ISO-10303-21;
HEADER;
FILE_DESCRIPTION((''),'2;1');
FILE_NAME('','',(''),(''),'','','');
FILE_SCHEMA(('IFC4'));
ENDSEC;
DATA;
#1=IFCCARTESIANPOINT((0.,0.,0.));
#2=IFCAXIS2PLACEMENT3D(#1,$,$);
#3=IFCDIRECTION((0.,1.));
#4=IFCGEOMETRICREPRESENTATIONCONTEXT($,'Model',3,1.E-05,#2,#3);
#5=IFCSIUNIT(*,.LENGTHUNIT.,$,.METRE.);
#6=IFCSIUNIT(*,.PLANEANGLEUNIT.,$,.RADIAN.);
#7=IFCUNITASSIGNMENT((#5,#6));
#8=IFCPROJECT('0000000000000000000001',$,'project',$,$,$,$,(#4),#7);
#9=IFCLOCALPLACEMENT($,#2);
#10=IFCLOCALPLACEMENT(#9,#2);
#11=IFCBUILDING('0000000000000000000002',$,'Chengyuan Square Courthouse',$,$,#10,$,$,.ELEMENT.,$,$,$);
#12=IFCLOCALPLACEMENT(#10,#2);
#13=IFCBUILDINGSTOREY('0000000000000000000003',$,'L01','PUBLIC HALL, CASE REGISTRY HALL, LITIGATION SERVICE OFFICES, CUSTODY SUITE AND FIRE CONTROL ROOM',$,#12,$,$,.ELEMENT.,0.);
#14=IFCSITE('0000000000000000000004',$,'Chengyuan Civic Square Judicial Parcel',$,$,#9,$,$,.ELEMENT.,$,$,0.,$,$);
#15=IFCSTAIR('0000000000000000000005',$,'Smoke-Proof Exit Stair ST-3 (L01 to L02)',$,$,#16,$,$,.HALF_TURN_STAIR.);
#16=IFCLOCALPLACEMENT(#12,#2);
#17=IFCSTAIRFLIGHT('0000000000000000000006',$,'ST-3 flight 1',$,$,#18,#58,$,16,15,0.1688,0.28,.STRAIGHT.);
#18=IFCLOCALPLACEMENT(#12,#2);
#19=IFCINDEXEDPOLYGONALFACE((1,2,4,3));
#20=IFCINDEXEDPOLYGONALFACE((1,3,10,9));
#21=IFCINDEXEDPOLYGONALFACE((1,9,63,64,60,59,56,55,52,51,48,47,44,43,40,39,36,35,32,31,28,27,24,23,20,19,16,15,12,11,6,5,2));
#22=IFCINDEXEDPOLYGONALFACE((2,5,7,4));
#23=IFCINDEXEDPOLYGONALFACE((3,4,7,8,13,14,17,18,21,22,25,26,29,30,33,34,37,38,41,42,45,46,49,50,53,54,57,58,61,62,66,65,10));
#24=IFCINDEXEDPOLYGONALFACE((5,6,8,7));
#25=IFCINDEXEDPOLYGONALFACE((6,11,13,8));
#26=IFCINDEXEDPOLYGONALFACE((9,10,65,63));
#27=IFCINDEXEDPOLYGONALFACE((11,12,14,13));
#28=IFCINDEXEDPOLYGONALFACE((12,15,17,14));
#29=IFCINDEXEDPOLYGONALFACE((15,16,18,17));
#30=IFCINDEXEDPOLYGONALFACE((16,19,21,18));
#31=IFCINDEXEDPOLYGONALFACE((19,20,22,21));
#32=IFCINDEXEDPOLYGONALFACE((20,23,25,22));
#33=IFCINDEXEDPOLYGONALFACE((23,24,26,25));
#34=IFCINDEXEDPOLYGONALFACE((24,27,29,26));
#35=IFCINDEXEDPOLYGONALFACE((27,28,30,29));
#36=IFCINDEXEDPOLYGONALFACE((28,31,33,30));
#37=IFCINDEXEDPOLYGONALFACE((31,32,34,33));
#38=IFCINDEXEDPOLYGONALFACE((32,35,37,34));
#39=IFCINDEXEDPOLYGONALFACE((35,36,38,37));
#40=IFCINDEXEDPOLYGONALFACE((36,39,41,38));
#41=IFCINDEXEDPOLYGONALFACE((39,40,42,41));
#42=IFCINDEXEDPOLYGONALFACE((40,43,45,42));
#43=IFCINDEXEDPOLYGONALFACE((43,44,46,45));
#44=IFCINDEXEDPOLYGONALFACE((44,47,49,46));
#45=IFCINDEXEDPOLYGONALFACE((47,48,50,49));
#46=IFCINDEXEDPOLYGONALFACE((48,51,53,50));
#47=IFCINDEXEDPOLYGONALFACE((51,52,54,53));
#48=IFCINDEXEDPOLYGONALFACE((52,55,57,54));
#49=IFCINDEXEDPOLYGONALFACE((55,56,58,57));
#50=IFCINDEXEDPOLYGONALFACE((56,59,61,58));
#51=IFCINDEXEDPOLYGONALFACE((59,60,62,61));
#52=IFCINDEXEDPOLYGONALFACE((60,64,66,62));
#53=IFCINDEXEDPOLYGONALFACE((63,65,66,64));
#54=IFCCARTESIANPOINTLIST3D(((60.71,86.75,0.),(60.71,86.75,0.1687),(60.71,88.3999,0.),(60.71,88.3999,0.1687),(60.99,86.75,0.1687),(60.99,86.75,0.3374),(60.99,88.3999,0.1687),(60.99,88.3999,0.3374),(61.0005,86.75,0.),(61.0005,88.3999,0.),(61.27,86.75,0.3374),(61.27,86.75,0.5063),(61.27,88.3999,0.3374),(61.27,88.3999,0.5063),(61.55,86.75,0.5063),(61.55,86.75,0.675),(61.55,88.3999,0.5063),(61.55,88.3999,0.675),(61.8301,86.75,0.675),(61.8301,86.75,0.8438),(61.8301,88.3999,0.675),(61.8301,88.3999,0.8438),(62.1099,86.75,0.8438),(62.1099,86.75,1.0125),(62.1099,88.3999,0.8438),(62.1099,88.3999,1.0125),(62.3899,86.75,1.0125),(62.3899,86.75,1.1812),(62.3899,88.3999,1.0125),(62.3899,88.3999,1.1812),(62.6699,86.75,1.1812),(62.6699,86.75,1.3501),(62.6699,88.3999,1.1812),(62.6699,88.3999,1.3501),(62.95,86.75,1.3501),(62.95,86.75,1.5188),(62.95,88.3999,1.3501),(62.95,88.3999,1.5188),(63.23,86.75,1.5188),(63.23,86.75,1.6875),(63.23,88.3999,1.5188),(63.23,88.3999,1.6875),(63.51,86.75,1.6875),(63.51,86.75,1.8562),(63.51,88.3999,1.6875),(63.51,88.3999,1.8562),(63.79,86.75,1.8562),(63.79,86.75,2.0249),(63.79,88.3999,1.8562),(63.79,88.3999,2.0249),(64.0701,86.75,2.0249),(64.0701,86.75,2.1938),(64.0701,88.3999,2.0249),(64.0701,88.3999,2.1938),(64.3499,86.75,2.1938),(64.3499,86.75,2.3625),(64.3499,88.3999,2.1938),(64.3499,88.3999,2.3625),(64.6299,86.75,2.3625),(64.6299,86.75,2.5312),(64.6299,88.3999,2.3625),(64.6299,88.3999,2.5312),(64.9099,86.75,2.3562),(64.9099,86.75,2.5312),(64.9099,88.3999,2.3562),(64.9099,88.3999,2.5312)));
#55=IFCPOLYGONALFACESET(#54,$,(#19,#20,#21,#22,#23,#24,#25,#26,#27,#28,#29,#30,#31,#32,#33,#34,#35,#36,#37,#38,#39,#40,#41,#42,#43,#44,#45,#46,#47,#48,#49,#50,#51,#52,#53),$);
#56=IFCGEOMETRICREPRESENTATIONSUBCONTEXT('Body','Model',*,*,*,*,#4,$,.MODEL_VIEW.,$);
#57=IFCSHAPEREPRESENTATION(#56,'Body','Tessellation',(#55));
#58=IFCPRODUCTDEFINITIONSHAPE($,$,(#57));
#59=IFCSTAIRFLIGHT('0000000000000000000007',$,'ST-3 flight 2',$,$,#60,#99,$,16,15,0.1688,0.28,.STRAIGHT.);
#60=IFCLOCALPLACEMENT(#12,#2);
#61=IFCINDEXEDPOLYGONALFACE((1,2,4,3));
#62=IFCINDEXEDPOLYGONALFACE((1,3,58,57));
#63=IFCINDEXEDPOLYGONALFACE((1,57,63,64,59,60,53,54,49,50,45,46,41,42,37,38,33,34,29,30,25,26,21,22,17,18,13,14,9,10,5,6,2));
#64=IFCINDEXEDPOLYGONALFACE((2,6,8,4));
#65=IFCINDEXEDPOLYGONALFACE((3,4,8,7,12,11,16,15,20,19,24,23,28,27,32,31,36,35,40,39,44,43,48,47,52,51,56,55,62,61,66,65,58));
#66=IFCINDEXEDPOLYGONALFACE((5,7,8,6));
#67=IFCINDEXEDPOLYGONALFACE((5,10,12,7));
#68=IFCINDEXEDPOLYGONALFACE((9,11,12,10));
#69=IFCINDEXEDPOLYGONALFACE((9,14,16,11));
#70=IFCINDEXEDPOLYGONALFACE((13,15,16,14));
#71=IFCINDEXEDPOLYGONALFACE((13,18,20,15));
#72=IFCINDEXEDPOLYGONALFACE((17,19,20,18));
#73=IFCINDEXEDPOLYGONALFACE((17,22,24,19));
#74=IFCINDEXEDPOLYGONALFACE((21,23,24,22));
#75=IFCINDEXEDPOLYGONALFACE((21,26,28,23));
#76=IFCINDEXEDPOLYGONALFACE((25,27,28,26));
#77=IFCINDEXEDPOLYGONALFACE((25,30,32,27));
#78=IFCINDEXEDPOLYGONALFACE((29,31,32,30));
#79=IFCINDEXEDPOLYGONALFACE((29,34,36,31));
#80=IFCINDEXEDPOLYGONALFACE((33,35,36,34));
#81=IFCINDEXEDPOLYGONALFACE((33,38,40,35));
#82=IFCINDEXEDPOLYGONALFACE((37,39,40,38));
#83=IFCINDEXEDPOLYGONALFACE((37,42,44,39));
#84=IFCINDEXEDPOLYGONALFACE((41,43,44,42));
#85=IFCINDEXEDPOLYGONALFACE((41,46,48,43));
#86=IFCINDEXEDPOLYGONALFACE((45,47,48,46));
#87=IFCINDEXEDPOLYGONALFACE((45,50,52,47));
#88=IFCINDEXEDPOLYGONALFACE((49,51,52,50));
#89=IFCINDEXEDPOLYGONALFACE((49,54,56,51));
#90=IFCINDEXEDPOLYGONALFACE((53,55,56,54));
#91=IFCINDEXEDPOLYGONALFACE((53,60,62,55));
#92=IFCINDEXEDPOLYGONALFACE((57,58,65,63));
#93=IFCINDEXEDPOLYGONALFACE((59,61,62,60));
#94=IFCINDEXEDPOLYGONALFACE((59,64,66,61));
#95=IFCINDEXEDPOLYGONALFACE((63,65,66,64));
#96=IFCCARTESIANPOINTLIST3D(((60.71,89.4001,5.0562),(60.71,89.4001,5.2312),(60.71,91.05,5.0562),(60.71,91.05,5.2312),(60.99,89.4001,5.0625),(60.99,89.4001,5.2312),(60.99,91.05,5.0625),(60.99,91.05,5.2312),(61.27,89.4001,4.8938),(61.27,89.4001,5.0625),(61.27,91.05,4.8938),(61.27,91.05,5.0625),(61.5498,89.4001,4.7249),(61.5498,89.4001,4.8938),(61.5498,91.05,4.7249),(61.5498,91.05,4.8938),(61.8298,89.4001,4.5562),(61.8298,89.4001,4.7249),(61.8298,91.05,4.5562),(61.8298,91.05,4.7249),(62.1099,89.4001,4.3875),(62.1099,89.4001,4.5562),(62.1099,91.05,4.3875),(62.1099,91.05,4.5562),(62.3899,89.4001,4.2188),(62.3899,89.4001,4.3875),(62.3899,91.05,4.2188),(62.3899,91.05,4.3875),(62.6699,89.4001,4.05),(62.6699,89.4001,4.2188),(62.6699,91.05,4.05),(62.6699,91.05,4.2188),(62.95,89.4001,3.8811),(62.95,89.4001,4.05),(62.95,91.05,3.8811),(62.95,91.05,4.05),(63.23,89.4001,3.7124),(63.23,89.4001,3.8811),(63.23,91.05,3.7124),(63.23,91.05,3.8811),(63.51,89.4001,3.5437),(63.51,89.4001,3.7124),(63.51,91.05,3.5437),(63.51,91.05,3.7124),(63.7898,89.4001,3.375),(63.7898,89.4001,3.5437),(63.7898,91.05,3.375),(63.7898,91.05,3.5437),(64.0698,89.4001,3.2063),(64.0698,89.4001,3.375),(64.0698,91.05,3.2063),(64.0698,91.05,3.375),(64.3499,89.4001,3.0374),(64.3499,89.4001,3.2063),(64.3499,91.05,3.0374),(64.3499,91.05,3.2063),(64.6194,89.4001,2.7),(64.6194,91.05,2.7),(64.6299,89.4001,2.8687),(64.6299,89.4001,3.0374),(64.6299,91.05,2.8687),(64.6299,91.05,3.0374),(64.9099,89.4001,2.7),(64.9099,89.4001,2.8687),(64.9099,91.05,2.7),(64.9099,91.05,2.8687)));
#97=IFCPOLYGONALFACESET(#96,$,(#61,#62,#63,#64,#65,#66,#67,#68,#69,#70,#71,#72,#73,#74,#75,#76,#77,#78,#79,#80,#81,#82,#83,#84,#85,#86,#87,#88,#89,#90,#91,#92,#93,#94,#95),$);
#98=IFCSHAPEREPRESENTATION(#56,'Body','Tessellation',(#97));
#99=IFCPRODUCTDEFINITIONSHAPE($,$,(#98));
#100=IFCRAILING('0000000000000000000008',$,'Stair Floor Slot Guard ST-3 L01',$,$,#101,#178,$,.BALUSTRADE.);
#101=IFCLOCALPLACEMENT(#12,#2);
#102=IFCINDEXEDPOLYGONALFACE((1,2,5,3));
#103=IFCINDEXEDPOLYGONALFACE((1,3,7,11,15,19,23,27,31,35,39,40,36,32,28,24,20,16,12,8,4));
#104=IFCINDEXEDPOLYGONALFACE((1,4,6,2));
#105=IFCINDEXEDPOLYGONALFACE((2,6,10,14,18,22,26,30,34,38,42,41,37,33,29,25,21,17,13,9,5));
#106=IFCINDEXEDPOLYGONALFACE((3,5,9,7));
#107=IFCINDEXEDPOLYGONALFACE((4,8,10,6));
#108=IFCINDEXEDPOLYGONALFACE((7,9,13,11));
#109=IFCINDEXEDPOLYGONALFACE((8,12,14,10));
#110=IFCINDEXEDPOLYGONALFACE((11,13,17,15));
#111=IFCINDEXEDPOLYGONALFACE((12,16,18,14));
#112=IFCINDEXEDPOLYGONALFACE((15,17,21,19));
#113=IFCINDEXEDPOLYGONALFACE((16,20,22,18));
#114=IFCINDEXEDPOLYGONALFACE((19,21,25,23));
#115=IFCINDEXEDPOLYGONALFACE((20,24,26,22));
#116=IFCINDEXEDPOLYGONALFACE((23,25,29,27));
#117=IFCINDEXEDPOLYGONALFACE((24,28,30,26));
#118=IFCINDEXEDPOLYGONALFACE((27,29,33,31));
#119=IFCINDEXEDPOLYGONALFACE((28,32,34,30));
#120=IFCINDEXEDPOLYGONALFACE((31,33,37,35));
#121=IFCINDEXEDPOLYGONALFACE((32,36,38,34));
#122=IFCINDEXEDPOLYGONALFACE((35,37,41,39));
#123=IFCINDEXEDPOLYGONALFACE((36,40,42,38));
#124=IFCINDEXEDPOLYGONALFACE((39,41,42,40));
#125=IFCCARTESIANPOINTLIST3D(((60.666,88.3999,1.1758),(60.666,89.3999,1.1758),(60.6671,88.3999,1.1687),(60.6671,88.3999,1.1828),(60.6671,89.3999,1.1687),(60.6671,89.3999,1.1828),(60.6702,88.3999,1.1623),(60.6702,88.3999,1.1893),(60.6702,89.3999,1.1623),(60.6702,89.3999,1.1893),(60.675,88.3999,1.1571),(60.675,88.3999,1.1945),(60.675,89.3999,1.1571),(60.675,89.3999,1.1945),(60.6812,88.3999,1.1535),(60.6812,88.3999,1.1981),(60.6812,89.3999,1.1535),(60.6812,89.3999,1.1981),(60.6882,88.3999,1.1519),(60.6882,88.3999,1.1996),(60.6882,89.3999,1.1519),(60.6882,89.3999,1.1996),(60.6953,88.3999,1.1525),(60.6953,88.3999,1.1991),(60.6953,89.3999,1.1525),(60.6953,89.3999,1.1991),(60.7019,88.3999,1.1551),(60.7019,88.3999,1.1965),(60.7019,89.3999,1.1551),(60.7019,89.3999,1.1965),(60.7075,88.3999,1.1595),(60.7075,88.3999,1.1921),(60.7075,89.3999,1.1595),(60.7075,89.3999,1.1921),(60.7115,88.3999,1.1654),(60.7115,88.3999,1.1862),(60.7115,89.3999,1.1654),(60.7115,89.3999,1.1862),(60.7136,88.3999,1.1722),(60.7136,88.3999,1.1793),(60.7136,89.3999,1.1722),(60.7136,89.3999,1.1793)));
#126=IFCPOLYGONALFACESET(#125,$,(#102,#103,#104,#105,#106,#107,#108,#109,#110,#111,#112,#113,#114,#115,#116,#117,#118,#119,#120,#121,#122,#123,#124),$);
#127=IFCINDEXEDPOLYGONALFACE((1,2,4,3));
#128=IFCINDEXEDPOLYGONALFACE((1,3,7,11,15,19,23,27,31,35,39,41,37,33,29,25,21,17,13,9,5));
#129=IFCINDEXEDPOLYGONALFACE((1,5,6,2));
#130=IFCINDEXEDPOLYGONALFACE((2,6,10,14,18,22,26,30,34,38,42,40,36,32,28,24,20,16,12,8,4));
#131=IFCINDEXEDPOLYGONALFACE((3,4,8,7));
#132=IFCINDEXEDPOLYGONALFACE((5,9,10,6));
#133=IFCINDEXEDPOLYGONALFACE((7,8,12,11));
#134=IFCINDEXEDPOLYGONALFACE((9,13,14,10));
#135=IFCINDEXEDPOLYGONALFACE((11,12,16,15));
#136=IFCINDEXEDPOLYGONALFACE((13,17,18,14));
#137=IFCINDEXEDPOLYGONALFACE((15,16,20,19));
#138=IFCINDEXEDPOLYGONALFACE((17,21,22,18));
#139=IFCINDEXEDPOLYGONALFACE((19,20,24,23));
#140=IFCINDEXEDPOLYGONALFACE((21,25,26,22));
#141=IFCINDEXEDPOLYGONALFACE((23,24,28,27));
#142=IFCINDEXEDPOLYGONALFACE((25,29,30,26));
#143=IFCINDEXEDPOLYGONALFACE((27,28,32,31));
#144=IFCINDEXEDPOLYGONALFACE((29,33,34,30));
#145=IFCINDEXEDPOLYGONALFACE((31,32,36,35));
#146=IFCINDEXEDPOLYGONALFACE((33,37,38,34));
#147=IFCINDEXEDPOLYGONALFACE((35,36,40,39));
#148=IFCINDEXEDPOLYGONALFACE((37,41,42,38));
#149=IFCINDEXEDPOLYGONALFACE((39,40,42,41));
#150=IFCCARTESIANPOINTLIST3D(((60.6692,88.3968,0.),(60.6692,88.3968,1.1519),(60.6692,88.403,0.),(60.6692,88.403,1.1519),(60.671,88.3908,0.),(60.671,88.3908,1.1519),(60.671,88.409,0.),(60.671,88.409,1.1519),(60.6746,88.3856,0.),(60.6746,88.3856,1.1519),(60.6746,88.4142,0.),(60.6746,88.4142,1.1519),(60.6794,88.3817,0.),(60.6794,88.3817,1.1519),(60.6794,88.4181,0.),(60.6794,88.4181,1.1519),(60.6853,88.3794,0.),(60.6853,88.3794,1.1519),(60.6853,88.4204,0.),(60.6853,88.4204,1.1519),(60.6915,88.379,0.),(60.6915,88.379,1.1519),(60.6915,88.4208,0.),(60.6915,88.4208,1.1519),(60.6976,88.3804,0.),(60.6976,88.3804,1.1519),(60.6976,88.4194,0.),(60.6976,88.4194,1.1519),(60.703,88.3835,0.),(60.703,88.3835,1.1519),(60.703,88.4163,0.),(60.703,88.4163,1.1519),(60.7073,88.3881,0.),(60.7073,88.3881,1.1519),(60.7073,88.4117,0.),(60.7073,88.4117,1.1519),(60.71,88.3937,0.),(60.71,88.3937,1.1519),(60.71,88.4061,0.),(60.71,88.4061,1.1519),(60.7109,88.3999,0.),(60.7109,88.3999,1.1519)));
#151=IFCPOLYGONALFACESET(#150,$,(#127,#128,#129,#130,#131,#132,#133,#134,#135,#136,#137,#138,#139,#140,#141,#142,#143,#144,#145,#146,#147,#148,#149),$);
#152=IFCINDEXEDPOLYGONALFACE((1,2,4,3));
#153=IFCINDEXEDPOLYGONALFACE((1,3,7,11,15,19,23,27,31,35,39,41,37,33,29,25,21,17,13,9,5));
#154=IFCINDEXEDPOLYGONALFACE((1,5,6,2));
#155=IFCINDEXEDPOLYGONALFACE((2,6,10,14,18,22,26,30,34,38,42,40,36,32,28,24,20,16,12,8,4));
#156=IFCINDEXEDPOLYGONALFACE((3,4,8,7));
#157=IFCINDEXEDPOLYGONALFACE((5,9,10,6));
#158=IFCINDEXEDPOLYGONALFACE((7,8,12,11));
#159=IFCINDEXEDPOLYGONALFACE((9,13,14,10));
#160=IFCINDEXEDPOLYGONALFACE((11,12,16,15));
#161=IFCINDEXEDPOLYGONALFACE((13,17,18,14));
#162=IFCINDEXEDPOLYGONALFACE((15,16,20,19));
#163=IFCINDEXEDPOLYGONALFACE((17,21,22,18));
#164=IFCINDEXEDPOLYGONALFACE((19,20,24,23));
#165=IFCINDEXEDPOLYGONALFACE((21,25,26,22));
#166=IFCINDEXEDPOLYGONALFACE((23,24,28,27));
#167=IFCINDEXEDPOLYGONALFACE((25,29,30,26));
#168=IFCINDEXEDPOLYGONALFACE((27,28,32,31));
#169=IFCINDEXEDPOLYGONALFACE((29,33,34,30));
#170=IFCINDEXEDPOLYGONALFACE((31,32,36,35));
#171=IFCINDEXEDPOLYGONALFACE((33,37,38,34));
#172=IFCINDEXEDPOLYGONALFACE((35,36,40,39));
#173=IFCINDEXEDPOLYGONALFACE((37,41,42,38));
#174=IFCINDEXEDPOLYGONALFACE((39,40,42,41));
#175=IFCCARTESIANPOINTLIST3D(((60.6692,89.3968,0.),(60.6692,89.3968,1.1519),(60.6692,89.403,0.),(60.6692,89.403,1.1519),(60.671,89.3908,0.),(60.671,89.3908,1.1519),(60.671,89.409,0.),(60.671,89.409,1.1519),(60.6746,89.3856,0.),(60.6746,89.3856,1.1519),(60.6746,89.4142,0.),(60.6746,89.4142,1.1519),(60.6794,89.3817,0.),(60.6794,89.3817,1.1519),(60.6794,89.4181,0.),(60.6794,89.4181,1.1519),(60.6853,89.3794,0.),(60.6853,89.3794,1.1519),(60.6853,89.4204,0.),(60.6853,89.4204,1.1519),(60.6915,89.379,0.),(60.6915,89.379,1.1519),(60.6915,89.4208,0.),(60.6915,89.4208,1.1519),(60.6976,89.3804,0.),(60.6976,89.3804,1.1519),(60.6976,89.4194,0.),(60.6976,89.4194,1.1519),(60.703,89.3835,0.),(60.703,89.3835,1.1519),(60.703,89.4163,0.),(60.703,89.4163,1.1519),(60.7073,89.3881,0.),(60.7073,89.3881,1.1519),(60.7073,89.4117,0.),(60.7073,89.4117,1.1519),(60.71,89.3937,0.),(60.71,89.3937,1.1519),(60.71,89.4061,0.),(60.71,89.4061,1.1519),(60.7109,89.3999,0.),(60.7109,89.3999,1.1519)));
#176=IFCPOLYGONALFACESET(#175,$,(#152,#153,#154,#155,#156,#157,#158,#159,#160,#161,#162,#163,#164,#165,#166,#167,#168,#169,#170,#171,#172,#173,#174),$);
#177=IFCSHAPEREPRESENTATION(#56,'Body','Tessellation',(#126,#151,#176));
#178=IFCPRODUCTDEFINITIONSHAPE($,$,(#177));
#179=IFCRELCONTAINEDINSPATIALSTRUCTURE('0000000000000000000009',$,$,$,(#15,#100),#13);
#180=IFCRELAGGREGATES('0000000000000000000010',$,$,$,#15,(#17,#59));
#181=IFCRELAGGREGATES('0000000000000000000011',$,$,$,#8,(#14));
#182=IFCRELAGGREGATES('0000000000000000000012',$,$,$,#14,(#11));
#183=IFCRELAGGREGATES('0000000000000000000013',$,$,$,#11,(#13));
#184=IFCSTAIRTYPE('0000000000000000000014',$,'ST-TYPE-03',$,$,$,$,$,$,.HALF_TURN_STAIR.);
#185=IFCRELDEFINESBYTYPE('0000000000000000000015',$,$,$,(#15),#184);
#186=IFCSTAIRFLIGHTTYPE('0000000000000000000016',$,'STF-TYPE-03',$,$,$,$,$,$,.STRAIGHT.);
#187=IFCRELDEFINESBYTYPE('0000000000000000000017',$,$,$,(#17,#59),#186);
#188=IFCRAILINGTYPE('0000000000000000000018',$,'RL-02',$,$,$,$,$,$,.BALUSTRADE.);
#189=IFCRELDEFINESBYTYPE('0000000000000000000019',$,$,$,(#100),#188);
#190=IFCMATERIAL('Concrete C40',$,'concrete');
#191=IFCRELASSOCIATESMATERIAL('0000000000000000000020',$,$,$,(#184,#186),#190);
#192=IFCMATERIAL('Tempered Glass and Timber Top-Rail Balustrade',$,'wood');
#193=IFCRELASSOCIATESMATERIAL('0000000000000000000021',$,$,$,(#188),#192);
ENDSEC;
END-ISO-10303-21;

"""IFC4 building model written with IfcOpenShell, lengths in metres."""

from ifc_helpers import new_model, si_unit, direction, frame, origin, origin_2d, place, context, subcontext, project, spatial, polyline, circle, outline, extrude, material, type_object, element, aggregate, save


model = new_model("IFC4")

# Units and contexts
model_context = context("Model", 3, precision=1e-05, world=origin(), true_north=direction((0.0, 1.0)))
body_context = subcontext(model_context, "Body", "Model", "MODEL_VIEW")
ifc_project = project(units=[si_unit("LENGTHUNIT", "METRE"), si_unit("PLANEANGLEUNIT", "RADIAN")], contexts=[model_context])

# Site, building, storey
site_placement = place(None, origin())
site = spatial("IfcSite", under=ifc_project, at=site_placement, Name="Chengyuan Civic Square Judicial Parcel", CompositionType="ELEMENT", RefElevation=0.0)
building_placement = place(site_placement, origin())
building = spatial("IfcBuilding", under=site, at=building_placement, Name="Chengyuan Square Courthouse", CompositionType="ELEMENT")
storey_placement = place(building_placement, origin())
storey = spatial("IfcBuildingStorey", under=building, at=storey_placement, Name="L01", Description="PUBLIC HALL, CASE REGISTRY HALL, LITIGATION SERVICE OFFICES, CUSTODY SUITE AND FIRE CONTROL ROOM", CompositionType="ELEMENT", Elevation=0.0)

# Shared definitions
ifc_material_1 = material(Name="Concrete C40", Category="concrete")

# Stair, stair flights
stair_type = type_object("IfcStairType", Name="ST-TYPE-03", PredefinedType="HALF_TURN_STAIR", material=ifc_material_1)
stair_placement = place(storey_placement, origin())
stair = element("IfcStair", 1, at=stair_placement, inside=storey, type_object=stair_type, Name="Smoke-Proof Exit Stair ST-3 (L01 to L02)", PredefinedType="HALF_TURN_STAIR")
stair_flight_type = type_object("IfcStairFlightType", Name="STF-TYPE-03", PredefinedType="STRAIGHT", material=ifc_material_1)
stair_flight_1_placement = place(storey_placement, frame((60.71, 87.575, 0.0), z_axis=(0.0, 0.0, 1.0), x_axis=(1.0, 0.0, 0.0)))
stair_flight_1 = element("IfcStairFlight", 2, at=stair_flight_1_placement, type_object=stair_flight_type, Name="ST-3 flight 1", NumberOfRisers=16, NumberOfTreads=15, PredefinedType="STRAIGHT", RiserHeight=0.1688, TreadLength=0.28, context=body_context, shape_type="SweptSolid", body=[
    extrude(outline(polyline([(0.0, 0.0), (0.0, 0.1687), (0.28, 0.1687), (0.28, 0.3374), (0.5601, 0.3374), (0.5601, 0.5063), (0.8401, 0.5063), (0.8401, 0.675), (1.1201, 0.675), (1.1201, 0.8438), (1.3999, 0.8438), (1.3999, 1.0125), (1.6799, 1.0125), (1.6799, 1.1812), (1.96, 1.1812), (1.96, 1.3501), (2.24, 1.3501), (2.24, 1.5188), (2.52, 1.5188), (2.52, 1.6875), (2.8, 1.6875), (2.8, 1.8562), (3.0801, 1.8562), (3.0801, 2.0249), (3.3601, 2.0249), (3.3601, 2.1938), (3.6399, 2.1938), (3.6399, 2.3625), (3.9199, 2.3625), (3.9199, 2.5312), (4.2, 2.5312), (4.2, 2.7), (4.2, 2.3562), (0.2905, 0.0), (0.0, 0.0)])), frame((0.0, 0.825, 0.0), z_axis=(0.0, -1.0, 0.0), x_axis=(1.0, 0.0, 0.0)), (0.0, 0.0, 1.0), 1.6499),
])
stair_flight_2_placement = place(storey_placement, frame((64.9099, 90.2251, 2.7), z_axis=(0.0, 0.0, 1.0), x_axis=(-1.0, 0.0, 0.0)))
stair_flight_2 = element("IfcStairFlight", 3, at=stair_flight_2_placement, type_object=stair_flight_type, Name="ST-3 flight 2", NumberOfRisers=16, NumberOfTreads=15, PredefinedType="STRAIGHT", RiserHeight=0.1688, TreadLength=0.28, context=body_context, shape_type="SweptSolid", body=[
    extrude(outline(polyline([(0.0, 0.0), (0.0, 0.1687), (0.28, 0.1687), (0.28, 0.3374), (0.5601, 0.3374), (0.5601, 0.5063), (0.8401, 0.5063), (0.8401, 0.675), (1.1201, 0.675), (1.1201, 0.8438), (1.3999, 0.8438), (1.3999, 1.0125), (1.6799, 1.0125), (1.6799, 1.1812), (1.96, 1.1812), (1.96, 1.3501), (2.24, 1.3501), (2.24, 1.5188), (2.52, 1.5188), (2.52, 1.6875), (2.8, 1.6875), (2.8, 1.8562), (3.0801, 1.8562), (3.0801, 2.0249), (3.3601, 2.0249), (3.3601, 2.1938), (3.6399, 2.1938), (3.6399, 2.3625), (3.9199, 2.3625), (3.9199, 2.5312), (4.2, 2.5312), (4.2, 2.7), (4.2, 2.3562), (0.2905, 0.0), (0.0, 0.0)])), frame((0.0, 0.825, 0.0), z_axis=(0.0, -1.0, 0.0), x_axis=(1.0, 0.0, 0.0)), (0.0, 0.0, 1.0), 1.6499),
])
aggregate(stair, [stair_flight_1, stair_flight_2])

# Railing
ifc_material_2 = material(Name="Tempered Glass and Timber Top-Rail Balustrade", Category="wood")
railing_type_1 = type_object("IfcRailingType", Name="RL-02", PredefinedType="BALUSTRADE", material=ifc_material_2)
for number, where, name in (
    (4, (60.6899, 88.3999, 0.0), "Stair Floor Slot Guard ST-3 L01"),
):
    element("IfcRailing", number, at=place(storey_placement, frame(where)), inside=storey, type_object=railing_type_1, Name=name, PredefinedType="BALUSTRADE", context=body_context, shape_type="SweptSolid", body=[
        extrude(circle(Radius=0.0239, at=origin_2d()), frame((0.0, 0.0, 1.1758), z_axis=(0.0, 1.0, 0.0), x_axis=(-1.0, 0.0, 0.0)), (0.0, 0.0, 1.0), 1.0),
        extrude(circle(Radius=0.021, at=origin_2d()), origin(), (0.0, 0.0, 1.0), 1.1519),
        extrude(circle(Radius=0.021, at=origin_2d()), frame((0.0, 1.0, 0.0)), (0.0, 0.0, 1.0), 1.1519),
    ])

save(model, "model.ifc")
